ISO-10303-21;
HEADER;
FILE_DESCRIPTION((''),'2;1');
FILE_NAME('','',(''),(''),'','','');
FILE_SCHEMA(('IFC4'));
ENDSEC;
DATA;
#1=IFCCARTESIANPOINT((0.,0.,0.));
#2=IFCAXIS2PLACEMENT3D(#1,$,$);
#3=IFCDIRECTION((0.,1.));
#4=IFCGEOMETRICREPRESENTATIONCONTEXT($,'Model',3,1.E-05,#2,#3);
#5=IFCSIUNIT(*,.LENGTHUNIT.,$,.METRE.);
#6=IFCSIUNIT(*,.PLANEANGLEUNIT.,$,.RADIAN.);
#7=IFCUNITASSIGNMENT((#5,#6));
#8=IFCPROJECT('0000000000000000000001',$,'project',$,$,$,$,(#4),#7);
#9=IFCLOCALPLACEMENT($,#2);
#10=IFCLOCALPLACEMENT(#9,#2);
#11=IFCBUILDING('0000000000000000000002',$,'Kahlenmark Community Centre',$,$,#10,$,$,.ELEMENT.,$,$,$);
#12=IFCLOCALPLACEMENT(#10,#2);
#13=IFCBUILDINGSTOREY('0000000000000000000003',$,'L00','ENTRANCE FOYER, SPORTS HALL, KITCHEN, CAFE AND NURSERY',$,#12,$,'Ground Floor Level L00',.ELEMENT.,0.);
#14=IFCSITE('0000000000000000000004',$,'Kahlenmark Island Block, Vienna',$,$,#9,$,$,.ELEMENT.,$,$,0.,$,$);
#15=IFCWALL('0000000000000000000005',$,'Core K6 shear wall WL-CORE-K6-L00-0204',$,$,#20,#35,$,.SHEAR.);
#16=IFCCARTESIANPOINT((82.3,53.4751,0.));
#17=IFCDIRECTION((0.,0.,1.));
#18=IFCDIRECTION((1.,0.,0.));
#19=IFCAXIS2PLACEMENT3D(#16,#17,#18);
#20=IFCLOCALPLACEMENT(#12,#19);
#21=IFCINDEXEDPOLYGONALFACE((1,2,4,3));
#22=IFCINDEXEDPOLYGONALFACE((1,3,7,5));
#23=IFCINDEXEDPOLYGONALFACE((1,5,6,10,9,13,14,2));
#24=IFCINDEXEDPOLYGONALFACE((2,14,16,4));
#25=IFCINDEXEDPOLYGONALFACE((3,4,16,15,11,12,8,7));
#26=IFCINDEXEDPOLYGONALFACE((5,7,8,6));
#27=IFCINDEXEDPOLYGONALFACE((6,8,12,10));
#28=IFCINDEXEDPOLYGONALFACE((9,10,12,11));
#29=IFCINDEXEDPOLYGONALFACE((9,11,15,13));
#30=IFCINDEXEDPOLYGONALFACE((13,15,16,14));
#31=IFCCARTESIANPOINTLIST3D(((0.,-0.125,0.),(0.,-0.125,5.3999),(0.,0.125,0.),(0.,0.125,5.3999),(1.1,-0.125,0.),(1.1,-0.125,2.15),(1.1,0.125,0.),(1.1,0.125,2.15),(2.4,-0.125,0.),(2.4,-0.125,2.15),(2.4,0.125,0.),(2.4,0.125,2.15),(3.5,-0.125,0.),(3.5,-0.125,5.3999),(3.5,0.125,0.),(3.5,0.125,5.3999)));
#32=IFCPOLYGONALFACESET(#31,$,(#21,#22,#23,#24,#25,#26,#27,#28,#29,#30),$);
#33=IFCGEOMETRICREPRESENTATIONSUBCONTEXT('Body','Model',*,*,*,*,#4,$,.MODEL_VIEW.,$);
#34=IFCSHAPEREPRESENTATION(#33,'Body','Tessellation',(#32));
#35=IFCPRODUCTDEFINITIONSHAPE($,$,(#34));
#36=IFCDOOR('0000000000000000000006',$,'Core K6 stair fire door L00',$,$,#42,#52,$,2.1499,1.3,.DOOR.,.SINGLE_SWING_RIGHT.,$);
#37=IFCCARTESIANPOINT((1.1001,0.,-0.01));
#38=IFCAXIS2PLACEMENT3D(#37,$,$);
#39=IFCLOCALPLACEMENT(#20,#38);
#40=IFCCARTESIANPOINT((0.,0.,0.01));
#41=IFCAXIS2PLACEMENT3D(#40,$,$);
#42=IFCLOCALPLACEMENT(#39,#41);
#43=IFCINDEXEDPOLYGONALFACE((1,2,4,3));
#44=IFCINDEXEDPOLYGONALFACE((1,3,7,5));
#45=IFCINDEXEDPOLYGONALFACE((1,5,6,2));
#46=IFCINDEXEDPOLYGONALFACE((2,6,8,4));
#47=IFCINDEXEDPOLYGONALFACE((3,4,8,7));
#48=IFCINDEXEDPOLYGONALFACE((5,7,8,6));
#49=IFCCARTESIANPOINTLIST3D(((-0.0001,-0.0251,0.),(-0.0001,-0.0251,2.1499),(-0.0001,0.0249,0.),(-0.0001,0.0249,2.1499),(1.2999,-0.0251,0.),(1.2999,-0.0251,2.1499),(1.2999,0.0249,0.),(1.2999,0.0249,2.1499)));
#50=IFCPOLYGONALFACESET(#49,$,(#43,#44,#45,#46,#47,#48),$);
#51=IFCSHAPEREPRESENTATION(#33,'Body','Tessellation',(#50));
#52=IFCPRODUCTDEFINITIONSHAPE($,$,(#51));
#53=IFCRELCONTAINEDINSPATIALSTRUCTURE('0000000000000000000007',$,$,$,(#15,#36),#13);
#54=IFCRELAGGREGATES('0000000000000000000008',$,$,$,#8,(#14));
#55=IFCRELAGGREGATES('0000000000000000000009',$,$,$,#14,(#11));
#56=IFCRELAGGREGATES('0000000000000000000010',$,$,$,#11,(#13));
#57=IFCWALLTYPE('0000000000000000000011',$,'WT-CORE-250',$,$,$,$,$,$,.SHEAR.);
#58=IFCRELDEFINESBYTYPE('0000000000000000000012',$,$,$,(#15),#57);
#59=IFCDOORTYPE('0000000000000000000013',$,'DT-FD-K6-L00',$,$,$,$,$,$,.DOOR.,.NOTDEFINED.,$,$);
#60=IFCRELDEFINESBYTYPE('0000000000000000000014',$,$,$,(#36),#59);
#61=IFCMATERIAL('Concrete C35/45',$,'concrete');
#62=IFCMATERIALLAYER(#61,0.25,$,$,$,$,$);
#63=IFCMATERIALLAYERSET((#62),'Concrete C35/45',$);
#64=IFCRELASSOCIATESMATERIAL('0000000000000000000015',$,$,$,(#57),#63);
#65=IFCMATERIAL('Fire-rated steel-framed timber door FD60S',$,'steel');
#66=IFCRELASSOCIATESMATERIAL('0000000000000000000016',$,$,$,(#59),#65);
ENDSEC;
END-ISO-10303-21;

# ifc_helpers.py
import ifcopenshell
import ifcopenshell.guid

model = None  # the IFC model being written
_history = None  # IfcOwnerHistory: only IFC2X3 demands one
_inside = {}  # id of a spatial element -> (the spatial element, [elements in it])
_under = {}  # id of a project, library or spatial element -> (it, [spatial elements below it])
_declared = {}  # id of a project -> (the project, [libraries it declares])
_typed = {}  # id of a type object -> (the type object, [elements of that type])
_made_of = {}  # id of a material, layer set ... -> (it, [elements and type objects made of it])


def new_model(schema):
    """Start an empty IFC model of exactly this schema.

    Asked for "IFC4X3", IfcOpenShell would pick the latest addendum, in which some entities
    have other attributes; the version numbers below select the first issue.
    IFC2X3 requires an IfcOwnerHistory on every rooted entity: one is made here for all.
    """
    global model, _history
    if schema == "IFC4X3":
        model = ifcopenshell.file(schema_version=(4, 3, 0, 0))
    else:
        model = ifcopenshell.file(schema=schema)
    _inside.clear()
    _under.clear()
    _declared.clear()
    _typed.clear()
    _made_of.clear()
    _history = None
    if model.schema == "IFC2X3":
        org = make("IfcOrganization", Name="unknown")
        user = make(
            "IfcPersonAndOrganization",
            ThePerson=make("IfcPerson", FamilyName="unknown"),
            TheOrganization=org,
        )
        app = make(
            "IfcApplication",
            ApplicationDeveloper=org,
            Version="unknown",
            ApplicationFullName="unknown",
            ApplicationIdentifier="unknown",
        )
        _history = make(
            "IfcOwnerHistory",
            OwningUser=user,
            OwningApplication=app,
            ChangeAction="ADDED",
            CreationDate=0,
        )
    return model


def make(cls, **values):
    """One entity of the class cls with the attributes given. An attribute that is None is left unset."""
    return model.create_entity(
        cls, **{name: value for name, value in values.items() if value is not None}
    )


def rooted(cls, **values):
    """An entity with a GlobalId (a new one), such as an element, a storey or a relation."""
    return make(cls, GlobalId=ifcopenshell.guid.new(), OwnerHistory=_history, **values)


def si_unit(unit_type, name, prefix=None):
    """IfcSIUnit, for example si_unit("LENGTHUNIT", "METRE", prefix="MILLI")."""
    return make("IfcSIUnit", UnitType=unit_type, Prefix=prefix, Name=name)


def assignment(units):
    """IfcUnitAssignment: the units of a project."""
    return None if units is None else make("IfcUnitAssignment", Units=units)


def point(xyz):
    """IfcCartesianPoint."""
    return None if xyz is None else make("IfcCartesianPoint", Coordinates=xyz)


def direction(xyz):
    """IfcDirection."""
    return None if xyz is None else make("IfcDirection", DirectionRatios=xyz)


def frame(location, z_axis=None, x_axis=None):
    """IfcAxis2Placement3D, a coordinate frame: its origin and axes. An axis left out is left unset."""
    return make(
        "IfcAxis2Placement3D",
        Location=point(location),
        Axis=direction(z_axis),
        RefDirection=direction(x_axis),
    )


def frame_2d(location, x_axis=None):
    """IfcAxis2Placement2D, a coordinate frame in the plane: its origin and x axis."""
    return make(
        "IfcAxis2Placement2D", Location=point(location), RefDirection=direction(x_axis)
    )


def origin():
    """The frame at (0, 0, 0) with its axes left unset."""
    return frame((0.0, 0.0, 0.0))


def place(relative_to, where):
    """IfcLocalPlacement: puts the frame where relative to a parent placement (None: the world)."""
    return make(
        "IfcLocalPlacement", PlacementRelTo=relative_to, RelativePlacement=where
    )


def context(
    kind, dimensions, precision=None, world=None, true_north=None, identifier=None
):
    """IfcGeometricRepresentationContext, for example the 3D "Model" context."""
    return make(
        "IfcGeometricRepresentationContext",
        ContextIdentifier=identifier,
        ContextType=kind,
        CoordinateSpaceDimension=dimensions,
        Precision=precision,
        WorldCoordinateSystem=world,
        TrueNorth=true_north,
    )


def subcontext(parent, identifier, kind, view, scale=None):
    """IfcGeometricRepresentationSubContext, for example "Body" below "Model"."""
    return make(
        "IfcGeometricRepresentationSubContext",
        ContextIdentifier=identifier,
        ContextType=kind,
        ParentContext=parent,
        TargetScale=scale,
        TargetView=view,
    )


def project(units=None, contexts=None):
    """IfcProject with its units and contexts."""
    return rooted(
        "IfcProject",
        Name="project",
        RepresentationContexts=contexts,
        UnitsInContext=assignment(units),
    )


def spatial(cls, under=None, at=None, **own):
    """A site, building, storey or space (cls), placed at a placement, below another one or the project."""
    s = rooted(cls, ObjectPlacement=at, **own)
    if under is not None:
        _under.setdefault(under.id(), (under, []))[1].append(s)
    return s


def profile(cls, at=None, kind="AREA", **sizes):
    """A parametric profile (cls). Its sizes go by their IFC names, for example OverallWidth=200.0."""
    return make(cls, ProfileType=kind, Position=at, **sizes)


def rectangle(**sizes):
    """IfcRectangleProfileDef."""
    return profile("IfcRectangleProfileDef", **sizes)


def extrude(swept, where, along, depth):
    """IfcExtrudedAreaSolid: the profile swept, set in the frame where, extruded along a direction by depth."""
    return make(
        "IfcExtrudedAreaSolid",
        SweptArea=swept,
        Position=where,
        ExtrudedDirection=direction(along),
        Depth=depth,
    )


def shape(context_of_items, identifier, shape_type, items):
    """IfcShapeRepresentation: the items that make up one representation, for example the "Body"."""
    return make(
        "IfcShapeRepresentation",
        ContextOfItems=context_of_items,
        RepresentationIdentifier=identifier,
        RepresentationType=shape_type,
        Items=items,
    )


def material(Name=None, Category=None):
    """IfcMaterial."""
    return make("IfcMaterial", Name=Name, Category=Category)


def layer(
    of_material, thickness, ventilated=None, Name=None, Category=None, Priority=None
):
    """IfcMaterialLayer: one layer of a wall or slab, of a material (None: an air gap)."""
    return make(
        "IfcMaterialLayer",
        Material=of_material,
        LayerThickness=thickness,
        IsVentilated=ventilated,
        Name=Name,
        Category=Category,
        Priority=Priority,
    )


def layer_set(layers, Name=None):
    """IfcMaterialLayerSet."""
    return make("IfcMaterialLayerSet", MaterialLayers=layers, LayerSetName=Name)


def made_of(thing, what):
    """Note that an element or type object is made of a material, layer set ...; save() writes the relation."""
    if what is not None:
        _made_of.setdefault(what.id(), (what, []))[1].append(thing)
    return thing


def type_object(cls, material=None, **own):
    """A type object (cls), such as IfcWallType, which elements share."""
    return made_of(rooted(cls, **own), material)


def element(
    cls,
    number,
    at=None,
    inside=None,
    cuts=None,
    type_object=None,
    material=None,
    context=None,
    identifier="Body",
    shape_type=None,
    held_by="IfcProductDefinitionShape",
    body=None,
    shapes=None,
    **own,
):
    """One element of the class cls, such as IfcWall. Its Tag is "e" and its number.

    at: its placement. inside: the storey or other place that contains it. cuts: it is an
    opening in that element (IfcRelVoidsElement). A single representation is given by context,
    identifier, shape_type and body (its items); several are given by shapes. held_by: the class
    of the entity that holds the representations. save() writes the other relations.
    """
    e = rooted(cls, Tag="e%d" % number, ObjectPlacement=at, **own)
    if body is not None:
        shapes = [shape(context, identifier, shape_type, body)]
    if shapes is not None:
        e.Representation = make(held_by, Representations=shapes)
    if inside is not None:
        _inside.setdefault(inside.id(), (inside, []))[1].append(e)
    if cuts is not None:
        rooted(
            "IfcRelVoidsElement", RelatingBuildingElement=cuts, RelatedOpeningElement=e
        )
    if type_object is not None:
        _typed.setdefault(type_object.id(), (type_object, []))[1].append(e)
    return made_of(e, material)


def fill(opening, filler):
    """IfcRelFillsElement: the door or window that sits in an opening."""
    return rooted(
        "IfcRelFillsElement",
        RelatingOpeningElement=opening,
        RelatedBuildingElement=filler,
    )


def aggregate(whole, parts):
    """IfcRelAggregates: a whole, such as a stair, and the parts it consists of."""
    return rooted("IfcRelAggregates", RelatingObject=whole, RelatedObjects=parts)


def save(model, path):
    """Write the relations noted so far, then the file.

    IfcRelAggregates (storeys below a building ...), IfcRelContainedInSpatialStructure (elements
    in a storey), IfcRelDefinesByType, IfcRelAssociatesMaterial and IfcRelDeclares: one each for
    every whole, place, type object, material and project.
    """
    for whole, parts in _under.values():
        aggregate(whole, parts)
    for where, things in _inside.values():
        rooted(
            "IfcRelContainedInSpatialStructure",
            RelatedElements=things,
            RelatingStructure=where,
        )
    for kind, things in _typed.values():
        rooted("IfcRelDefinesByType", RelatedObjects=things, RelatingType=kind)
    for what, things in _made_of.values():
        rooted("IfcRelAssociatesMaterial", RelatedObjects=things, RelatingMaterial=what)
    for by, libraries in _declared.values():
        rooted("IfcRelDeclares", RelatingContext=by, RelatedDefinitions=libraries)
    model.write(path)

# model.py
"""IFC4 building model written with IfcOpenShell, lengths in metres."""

from ifc_helpers import new_model, si_unit, direction, frame, frame_2d, origin, place, context, subcontext, project, spatial, rectangle, extrude, material, layer, layer_set, type_object, element, fill, save


model = new_model("IFC4")

# Units and contexts
model_context = context("Model", 3, precision=1e-05, world=origin(), true_north=direction((0.0, 1.0)))
body_context = subcontext(model_context, "Body", "Model", "MODEL_VIEW")
ifc_project = project(units=[si_unit("LENGTHUNIT", "METRE"), si_unit("PLANEANGLEUNIT", "RADIAN")], contexts=[model_context])

# Site, building, storey
site_placement = place(None, origin())
site = spatial("IfcSite", under=ifc_project, at=site_placement, Name="Kahlenmark Island Block, Vienna", CompositionType="ELEMENT", RefElevation=0.0)
building_placement = place(site_placement, origin())
building = spatial("IfcBuilding", under=site, at=building_placement, Name="Kahlenmark Community Centre", CompositionType="ELEMENT")
storey_placement = place(building_placement, origin())
storey = spatial("IfcBuildingStorey", under=building, at=storey_placement, Name="L00", Description="ENTRANCE FOYER, SPORTS HALL, KITCHEN, CAFE AND NURSERY", LongName="Ground Floor Level L00", CompositionType="ELEMENT", Elevation=0.0)

# Shared definitions
ifc_material_1 = material(Name="Concrete C35/45", Category="concrete")

# Wall, opening, door
ifc_layer_1 = layer(ifc_material_1, 0.25)
ifc_layer_set_1 = layer_set([ifc_layer_1], Name="Concrete C35/45")
wall_type_1 = type_object("IfcWallType", Name="WT-CORE-250", PredefinedType="SHEAR", material=ifc_layer_set_1)
wall_1_placement = place(storey_placement, frame((82.3, 53.4751, 0.0), z_axis=(0.0, 0.0, 1.0), x_axis=(1.0, 0.0, 0.0)))
wall_1 = element("IfcWall", 1, at=wall_1_placement, inside=storey, type_object=wall_type_1, Name="Core K6 shear wall WL-CORE-K6-L00-0204", PredefinedType="SHEAR", context=body_context, shape_type="SweptSolid", body=[
    extrude(rectangle(XDim=3.5, YDim=0.25, at=frame_2d((1.75, 0.0))), origin(), (0.0, 0.0, 1.0), 5.3999),
])
opening_1_placement = place(wall_1_placement, frame((1.1001, 0.0, -0.01)))
opening_1 = element("IfcOpeningElement", 2, at=opening_1_placement, cuts=wall_1, PredefinedType="OPENING", context=body_context, shape_type="SweptSolid", body=[
    extrude(rectangle(XDim=1.3, YDim=2.1599, at=frame_2d((0.6499, 1.0801))), frame((0.0, 0.135, 0.0), z_axis=(0.0, -1.0, 0.0), x_axis=(1.0, 0.0, 0.0)), (0.0, 0.0, 1.0), 0.27),
])
ifc_material_2 = material(Name="Fire-rated steel-framed timber door FD60S", Category="steel")
door_type_1 = type_object("IfcDoorType", Name="DT-FD-K6-L00", OperationType="NOTDEFINED", PredefinedType="DOOR", material=ifc_material_2)
door_1_placement = place(opening_1_placement, frame((0.0, 0.0, 0.01)))
door_1 = element("IfcDoor", 3, at=door_1_placement, inside=storey, type_object=door_type_1, Name="Core K6 stair fire door L00", OperationType="SINGLE_SWING_RIGHT", OverallHeight=2.1499, OverallWidth=1.3, PredefinedType="DOOR", context=body_context, shape_type="SweptSolid", body=[
    extrude(rectangle(XDim=1.3, YDim=2.1499, at=frame_2d((0.6499, 1.075))), frame((0.0, 0.0249, 0.0), z_axis=(0.0, -1.0, 0.0), x_axis=(1.0, 0.0, 0.0)), (0.0, 0.0, 1.0), 0.05),
])
fill(opening_1, door_1)

save(model, "model.ifc")
